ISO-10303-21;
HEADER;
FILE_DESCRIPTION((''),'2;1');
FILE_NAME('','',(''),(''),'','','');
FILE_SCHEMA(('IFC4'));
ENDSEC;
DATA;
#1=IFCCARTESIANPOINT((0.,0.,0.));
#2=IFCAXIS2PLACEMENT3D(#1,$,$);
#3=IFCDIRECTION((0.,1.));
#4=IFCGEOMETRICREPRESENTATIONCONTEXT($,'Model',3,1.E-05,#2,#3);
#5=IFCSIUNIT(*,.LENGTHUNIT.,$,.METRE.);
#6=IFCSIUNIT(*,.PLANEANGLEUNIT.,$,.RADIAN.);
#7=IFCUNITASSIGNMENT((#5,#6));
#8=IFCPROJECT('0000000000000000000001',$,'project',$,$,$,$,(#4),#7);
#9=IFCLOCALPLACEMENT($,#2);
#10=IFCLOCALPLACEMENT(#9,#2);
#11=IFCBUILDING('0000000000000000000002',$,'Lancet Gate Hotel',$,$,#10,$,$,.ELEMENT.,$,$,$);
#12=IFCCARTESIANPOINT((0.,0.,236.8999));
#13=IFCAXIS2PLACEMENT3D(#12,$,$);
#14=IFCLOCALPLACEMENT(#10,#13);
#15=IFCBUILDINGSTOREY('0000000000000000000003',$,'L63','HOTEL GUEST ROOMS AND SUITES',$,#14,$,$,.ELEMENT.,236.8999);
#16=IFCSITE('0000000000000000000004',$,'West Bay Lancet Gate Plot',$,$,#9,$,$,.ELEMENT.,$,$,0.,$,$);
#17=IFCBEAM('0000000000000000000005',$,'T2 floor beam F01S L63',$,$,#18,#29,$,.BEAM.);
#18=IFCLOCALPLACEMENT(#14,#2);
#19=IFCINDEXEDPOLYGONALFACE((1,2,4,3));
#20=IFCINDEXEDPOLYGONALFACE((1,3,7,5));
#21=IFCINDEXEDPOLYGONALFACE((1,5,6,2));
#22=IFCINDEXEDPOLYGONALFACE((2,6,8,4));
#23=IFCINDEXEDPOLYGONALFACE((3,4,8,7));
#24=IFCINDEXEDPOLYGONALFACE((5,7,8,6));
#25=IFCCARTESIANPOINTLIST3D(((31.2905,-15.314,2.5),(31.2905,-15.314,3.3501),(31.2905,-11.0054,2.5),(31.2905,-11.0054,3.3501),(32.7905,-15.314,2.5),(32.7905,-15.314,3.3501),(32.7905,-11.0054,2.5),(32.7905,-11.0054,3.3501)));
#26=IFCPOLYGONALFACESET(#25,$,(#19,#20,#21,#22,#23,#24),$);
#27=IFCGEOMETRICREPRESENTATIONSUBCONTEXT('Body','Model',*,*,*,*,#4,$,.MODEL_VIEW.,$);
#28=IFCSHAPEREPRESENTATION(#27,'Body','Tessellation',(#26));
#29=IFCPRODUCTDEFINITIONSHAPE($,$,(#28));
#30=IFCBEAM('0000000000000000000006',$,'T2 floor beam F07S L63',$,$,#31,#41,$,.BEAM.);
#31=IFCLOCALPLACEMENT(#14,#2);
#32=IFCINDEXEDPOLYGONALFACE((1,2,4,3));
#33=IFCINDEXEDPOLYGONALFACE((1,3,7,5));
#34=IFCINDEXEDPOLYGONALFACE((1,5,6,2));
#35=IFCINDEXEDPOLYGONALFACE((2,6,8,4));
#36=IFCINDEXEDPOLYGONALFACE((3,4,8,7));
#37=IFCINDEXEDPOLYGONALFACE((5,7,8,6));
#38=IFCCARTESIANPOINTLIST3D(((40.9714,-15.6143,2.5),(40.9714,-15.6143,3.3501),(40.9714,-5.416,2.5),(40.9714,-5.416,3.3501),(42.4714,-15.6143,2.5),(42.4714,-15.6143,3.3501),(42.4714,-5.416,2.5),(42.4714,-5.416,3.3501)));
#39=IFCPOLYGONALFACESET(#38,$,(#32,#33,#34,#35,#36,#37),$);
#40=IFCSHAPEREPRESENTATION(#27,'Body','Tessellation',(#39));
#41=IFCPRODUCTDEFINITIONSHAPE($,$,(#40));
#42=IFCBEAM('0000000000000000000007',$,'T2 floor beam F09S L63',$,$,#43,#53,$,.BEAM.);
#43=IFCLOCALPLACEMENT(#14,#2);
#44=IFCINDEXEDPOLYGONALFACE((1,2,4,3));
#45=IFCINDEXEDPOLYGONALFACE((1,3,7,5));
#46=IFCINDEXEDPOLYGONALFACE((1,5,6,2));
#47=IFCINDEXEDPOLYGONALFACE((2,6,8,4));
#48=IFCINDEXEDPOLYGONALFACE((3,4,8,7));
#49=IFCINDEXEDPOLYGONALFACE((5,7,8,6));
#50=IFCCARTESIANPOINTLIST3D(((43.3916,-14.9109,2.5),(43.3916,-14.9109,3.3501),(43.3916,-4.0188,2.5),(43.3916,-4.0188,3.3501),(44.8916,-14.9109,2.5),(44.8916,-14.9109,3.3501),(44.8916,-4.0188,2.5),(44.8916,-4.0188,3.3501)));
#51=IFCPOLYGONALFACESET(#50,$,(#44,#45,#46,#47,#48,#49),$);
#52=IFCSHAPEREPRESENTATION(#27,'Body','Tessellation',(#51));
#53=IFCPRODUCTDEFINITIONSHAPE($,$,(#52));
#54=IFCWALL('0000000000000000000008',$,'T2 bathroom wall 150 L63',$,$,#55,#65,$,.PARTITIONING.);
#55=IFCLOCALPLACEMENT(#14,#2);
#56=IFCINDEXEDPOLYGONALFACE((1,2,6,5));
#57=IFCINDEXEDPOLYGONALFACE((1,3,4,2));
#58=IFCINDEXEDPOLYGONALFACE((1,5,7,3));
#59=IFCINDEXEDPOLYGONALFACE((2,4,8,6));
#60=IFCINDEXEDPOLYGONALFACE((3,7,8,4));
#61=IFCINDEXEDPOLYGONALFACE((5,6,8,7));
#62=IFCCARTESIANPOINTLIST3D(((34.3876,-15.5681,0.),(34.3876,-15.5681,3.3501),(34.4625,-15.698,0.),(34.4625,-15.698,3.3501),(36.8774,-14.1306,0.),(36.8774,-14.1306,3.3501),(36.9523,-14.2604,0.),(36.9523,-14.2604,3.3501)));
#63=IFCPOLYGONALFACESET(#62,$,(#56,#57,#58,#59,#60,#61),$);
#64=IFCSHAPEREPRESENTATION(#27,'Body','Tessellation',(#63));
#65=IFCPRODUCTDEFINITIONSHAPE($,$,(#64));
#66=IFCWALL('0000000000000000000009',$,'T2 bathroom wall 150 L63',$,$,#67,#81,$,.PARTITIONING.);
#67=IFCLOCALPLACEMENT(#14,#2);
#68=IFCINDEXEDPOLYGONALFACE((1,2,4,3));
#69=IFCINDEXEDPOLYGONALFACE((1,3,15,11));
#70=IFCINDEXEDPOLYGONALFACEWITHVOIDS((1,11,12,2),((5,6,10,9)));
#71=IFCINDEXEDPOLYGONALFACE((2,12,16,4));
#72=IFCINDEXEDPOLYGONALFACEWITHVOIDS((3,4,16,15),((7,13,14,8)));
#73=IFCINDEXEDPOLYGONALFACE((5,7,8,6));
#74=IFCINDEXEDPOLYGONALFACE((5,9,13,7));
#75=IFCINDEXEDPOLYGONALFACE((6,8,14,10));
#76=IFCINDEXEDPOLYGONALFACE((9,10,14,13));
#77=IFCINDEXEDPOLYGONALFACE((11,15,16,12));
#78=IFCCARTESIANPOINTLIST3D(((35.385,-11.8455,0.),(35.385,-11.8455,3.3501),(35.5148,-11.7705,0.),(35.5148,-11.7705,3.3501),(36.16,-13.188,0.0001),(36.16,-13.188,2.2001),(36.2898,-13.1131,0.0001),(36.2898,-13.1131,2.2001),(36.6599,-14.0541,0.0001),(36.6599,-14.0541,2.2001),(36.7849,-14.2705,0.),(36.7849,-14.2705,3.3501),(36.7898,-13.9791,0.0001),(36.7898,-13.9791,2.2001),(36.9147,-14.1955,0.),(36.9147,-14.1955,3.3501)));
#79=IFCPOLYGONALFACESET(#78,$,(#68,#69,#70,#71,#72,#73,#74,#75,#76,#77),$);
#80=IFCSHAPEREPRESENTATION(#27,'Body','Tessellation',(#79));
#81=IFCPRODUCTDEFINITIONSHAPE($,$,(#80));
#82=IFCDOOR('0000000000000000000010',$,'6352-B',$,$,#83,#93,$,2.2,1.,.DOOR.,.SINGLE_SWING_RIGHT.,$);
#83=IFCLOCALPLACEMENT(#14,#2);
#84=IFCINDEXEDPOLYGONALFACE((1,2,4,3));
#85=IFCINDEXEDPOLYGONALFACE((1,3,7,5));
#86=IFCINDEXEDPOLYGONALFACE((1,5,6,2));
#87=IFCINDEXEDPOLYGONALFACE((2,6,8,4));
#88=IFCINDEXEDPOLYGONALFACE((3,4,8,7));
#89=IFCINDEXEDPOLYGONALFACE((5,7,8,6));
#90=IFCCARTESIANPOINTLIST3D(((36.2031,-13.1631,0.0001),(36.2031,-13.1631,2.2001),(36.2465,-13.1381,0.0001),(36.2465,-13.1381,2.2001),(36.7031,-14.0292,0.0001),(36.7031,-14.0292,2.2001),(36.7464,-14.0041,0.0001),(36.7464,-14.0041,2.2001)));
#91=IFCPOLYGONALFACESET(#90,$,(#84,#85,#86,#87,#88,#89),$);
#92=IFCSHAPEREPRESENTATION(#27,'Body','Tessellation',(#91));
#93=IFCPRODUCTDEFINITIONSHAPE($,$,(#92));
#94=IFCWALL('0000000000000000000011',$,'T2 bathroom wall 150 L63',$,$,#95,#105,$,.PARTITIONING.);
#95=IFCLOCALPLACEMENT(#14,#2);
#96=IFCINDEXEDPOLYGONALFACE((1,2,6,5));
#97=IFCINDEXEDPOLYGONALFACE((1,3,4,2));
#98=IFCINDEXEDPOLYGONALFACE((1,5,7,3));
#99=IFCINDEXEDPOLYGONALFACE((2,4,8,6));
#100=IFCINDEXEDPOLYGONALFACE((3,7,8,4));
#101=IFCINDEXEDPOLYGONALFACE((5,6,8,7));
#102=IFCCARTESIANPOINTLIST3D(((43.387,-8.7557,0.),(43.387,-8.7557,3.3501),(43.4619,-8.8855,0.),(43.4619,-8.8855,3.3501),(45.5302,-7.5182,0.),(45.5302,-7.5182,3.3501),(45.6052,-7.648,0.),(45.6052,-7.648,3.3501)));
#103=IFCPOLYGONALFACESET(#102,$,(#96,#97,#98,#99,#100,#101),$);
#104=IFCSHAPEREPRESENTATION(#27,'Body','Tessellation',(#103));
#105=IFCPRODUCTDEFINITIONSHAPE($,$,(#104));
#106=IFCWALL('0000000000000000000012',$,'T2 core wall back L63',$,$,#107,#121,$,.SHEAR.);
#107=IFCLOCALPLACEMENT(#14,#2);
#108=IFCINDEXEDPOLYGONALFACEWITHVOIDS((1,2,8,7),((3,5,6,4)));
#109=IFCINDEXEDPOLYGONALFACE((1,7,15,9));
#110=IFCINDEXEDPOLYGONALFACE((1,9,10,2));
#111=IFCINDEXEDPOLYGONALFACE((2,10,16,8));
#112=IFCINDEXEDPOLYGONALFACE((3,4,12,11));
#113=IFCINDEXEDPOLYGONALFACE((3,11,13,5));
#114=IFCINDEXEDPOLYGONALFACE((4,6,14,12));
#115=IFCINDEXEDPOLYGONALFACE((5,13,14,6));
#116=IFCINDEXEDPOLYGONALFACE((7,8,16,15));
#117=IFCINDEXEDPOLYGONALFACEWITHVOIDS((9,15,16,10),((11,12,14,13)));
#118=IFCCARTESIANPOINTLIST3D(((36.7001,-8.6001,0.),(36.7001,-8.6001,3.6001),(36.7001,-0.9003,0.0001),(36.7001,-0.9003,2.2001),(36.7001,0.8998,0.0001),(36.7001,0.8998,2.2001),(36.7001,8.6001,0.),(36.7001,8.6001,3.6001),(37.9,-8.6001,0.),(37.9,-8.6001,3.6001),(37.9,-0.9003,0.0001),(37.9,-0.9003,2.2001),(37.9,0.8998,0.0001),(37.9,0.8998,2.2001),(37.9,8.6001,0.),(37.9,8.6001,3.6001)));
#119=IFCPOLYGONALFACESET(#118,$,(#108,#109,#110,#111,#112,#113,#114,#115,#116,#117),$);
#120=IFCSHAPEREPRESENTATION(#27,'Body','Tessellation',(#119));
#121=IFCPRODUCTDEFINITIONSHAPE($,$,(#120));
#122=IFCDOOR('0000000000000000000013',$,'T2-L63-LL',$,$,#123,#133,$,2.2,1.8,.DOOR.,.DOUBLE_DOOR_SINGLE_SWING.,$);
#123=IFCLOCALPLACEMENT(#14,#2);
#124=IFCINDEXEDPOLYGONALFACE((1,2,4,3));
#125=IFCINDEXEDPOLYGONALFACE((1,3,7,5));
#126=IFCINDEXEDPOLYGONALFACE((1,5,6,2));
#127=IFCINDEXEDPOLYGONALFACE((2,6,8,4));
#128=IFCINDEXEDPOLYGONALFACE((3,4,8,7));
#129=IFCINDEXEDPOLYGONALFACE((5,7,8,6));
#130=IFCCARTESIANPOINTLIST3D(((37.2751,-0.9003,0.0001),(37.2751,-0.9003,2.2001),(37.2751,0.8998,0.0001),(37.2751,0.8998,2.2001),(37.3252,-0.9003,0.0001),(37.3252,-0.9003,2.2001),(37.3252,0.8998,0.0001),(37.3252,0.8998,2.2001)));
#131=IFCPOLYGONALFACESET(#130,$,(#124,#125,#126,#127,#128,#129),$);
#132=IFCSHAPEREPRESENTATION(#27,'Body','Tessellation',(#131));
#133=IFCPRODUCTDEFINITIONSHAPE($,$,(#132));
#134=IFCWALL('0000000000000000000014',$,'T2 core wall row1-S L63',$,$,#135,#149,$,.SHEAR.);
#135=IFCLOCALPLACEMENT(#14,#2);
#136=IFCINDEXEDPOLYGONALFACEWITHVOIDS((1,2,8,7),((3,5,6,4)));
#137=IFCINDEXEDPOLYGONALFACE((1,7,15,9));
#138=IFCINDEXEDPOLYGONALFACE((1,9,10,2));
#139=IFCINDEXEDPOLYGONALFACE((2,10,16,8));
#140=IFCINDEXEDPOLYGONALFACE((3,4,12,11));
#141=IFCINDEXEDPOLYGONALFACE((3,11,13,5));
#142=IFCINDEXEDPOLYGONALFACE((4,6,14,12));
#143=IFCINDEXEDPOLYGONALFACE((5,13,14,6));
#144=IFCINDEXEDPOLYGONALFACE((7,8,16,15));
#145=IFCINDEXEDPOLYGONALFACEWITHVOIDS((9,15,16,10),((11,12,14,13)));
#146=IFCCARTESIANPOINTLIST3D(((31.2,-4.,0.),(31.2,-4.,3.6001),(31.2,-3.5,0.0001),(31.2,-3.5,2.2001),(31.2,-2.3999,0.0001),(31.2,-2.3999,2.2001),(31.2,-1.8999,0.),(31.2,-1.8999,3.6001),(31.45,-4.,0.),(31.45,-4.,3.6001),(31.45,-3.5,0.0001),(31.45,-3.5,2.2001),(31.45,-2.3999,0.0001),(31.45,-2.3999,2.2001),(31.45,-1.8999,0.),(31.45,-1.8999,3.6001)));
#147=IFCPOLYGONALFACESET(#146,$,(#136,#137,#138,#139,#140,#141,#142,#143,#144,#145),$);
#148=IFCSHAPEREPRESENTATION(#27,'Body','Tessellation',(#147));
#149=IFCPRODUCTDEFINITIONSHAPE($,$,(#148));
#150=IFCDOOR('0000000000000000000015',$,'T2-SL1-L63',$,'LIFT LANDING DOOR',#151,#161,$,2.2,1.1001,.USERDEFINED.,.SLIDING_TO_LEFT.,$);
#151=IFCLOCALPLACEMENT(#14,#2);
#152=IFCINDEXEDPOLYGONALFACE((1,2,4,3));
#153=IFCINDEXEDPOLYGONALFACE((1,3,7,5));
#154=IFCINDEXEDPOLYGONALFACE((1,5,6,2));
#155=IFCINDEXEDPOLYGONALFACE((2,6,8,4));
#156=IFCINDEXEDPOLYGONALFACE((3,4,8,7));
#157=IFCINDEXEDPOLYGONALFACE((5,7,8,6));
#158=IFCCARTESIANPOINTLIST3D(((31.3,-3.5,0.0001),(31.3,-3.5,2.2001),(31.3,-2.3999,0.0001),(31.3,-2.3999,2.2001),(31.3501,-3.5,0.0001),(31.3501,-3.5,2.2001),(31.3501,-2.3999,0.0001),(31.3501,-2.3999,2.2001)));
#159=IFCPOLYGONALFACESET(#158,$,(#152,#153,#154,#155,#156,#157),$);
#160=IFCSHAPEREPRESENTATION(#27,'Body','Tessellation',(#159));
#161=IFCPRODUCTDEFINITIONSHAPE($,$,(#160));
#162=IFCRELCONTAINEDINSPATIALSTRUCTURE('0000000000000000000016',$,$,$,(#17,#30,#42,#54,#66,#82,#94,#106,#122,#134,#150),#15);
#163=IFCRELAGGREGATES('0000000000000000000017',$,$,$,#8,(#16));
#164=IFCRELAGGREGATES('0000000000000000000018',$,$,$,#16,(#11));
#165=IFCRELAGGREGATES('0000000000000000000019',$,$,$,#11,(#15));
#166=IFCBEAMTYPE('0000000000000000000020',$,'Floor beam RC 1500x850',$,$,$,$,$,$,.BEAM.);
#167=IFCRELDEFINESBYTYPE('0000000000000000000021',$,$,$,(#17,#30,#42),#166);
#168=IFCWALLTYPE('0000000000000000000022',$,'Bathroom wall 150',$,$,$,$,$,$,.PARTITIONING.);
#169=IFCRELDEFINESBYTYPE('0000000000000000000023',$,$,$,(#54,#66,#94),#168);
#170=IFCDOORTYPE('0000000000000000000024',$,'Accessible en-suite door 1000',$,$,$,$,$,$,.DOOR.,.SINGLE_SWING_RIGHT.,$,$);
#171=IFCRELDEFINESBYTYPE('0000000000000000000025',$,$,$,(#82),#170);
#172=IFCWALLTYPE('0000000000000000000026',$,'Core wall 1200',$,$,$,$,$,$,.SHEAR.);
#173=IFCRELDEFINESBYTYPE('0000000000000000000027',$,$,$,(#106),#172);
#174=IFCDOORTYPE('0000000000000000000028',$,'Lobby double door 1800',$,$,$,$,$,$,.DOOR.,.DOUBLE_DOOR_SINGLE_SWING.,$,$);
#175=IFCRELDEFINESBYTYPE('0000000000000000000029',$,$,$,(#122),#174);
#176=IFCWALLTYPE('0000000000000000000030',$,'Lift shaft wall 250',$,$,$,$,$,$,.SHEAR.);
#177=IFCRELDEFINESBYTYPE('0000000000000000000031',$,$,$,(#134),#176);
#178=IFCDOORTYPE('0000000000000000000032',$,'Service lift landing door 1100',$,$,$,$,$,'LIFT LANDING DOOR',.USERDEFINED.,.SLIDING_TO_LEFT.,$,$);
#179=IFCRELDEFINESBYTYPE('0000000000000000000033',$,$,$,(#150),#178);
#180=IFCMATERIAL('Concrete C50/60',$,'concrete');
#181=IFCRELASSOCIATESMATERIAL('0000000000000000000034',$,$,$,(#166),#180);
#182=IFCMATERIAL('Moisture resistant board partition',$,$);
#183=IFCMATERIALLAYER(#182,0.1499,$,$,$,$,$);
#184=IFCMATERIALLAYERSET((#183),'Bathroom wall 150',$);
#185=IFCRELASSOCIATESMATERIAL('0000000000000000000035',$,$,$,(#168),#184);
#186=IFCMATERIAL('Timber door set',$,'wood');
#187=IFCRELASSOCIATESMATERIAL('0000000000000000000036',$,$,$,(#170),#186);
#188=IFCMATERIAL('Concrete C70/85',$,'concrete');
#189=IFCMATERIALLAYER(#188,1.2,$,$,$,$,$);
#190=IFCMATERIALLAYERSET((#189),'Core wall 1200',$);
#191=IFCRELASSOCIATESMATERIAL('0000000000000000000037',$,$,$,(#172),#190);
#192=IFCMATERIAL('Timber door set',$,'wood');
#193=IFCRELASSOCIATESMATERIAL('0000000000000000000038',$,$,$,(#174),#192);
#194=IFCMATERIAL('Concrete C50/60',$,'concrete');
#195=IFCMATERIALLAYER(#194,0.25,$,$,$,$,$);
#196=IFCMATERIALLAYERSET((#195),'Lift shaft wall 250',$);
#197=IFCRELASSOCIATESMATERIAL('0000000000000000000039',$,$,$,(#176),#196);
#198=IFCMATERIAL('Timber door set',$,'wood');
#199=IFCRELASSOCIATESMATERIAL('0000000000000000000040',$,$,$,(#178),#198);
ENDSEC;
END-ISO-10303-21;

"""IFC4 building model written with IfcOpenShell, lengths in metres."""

from ifc_helpers import new_model, si_unit, direction, frame, frame_2d, origin, origin_2d, place, context, subcontext, project, spatial, rectangle, extrude, material, layer, layer_set, material_profile, profile_set, type_object, element, fill, save


model = new_model("IFC4")

# Units and contexts
model_context = context("Model", 3, precision=1e-05, world=origin(), true_north=direction((0.0, 1.0)))
body_context = subcontext(model_context, "Body", "Model", "MODEL_VIEW")
ifc_project = project(units=[si_unit("LENGTHUNIT", "METRE"), si_unit("PLANEANGLEUNIT", "RADIAN")], contexts=[model_context])

# Site, building, storey
site_placement = place(None, origin())
site = spatial("IfcSite", under=ifc_project, at=site_placement, Name="West Bay Lancet Gate Plot", CompositionType="ELEMENT", RefElevation=0.0)
building_placement = place(site_placement, origin())
building = spatial("IfcBuilding", under=site, at=building_placement, Name="Lancet Gate Hotel", CompositionType="ELEMENT")
storey_placement = place(building_placement, frame((0.0, 0.0, 236.8999)))
storey = spatial("IfcBuildingStorey", under=building, at=storey_placement, Name="L63", Description="HOTEL GUEST ROOMS AND SUITES", CompositionType="ELEMENT", Elevation=236.8999)

# Beams
ifc_material_1 = material(Name="Concrete C50/60", Category="concrete")
ifc_material_profile = material_profile(ifc_material_1, rectangle(XDim=1.5, YDim=0.8501, at=origin_2d()), Name="RC 1500x850")
ifc_profile_set = profile_set([ifc_material_profile], Name="Concrete C50/60")
beam_type = type_object("IfcBeamType", Name="Floor beam RC 1500x850", PredefinedType="BEAM", material=ifc_profile_set)
beam_1_placement = place(storey_placement, frame((32.0405, -15.314, 2.925), z_axis=(0.0, 1.0, 0.0), x_axis=(-1.0, 0.0, 0.0)))
element("IfcBeam", 1, at=beam_1_placement, inside=storey, type_object=beam_type, Name="T2 floor beam F01S L63", PredefinedType="BEAM", context=body_context, shape_type="SweptSolid", body=[
    extrude(rectangle(XDim=1.5, YDim=0.8501, at=origin_2d()), origin(), (0.0, 0.0, 1.0), 4.3086),
])
beam_2_placement = place(storey_placement, frame((41.7214, -15.6143, 2.925), z_axis=(0.0, 1.0, 0.0), x_axis=(-1.0, 0.0, 0.0)))
element("IfcBeam", 2, at=beam_2_placement, inside=storey, type_object=beam_type, Name="T2 floor beam F07S L63", PredefinedType="BEAM", context=body_context, shape_type="SweptSolid", body=[
    extrude(rectangle(XDim=1.5, YDim=0.8501, at=origin_2d()), origin(), (0.0, 0.0, 1.0), 10.1982),
])
beam_3_placement = place(storey_placement, frame((44.1416, -14.9109, 2.925), z_axis=(0.0, 1.0, 0.0), x_axis=(-1.0, 0.0, 0.0)))
element("IfcBeam", 3, at=beam_3_placement, inside=storey, type_object=beam_type, Name="T2 floor beam F09S L63", PredefinedType="BEAM", context=body_context, shape_type="SweptSolid", body=[
    extrude(rectangle(XDim=1.5, YDim=0.8501, at=origin_2d()), origin(), (0.0, 0.0, 1.0), 10.8921),
])

# Wall
ifc_material_2 = material(Name="Moisture resistant board partition")
ifc_layer_1 = layer(ifc_material_2, 0.1499)
ifc_layer_set_1 = layer_set([ifc_layer_1], Name="Bathroom wall 150")
wall_type_1 = type_object("IfcWallType", Name="Bathroom wall 150", PredefinedType="PARTITIONING", material=ifc_layer_set_1)
wall_1_placement = place(storey_placement, frame((34.425, -15.6331, 0.0), z_axis=(0.0, 0.0, 1.0), x_axis=(0.866019, 0.500012, 0.0)))
element("IfcWall", 4, at=wall_1_placement, inside=storey, type_object=wall_type_1, Name="T2 bathroom wall 150 L63", PredefinedType="PARTITIONING", context=body_context, shape_type="SweptSolid", body=[
    extrude(rectangle(XDim=2.875, YDim=0.1499, at=frame_2d((1.4375, 0.0))), origin(), (0.0, 0.0, 1.0), 3.3501),
])

# Wall, opening, door
wall_2_placement = place(storey_placement, frame((35.45, -11.8081, 0.0), z_axis=(0.0, 0.0, 1.0), x_axis=(0.499946, -0.866056, 0.0)))
wall_2 = element("IfcWall", 5, at=wall_2_placement, inside=storey, type_object=wall_type_1, Name="T2 bathroom wall 150 L63", PredefinedType="PARTITIONING", context=body_context, shape_type="SweptSolid", body=[
    extrude(rectangle(XDim=2.8, YDim=0.1499, at=frame_2d((1.3999, 0.0))), origin(), (0.0, 0.0, 1.0), 3.3501),
])
opening_1_placement = place(wall_2_placement, frame((1.55, 0.0, 0.0)))
opening_1 = element("IfcOpeningElement", 6, at=opening_1_placement, cuts=wall_2, PredefinedType="OPENING", context=body_context, shape_type="SweptSolid", body=[
    extrude(rectangle(XDim=1.0, YDim=2.2, at=frame_2d((0.5, 1.1001))), frame((0.0, 0.085, 0.0), z_axis=(0.0, -1.0, 0.0), x_axis=(1.0, 0.0, 0.0)), (0.0, 0.0, 1.0), 0.1699),
])
ifc_material_3 = material(Name="Timber door set", Category="wood")
door_type_1 = type_object("IfcDoorType", Name="Accessible en-suite door 1000", OperationType="SINGLE_SWING_RIGHT", PredefinedType="DOOR", material=ifc_material_3)
door_1_placement = place(opening_1_placement, origin())
door_1 = element("IfcDoor", 7, at=door_1_placement, inside=storey, type_object=door_type_1, Name="6352-B", OperationType="SINGLE_SWING_RIGHT", OverallHeight=2.2, OverallWidth=1.0, PredefinedType="DOOR", context=body_context, shape_type="SweptSolid", body=[
    extrude(rectangle(XDim=1.0, YDim=2.2, at=frame_2d((0.5, 1.1001))), frame((0.0, 0.0249, 0.0), z_axis=(0.0, -1.0, 0.0), x_axis=(1.0, 0.0, 0.0)), (0.0, 0.0, 1.0), 0.05),
])
fill(opening_1, door_1)

# Wall
wall_3_placement = place(storey_placement, frame((43.4246, -8.8206, 0.0), z_axis=(0.0, 0.0, 1.0), x_axis=(0.866007, 0.500033, 0.0)))
element("IfcWall", 8, at=wall_3_placement, inside=storey, type_object=wall_type_1, Name="T2 bathroom wall 150 L63", PredefinedType="PARTITIONING", context=body_context, shape_type="SweptSolid", body=[
    extrude(rectangle(XDim=2.4749, YDim=0.1499, at=frame_2d((1.2373, 0.0))), origin(), (0.0, 0.0, 1.0), 3.3501),
])

# Walls, openings, doors
ifc_material_4 = material(Name="Concrete C70/85", Category="concrete")
ifc_layer_2 = layer(ifc_material_4, 1.2)
ifc_layer_set_2 = layer_set([ifc_layer_2], Name="Core wall 1200")
wall_type_2 = type_object("IfcWallType", Name="Core wall 1200", PredefinedType="SHEAR", material=ifc_layer_set_2)
wall_4_placement = place(storey_placement, frame((37.3, -8.6001, 0.0), z_axis=(0.0, 0.0, 1.0), x_axis=(0.0, 1.0, 0.0)))
wall_4 = element("IfcWall", 9, at=wall_4_placement, inside=storey, type_object=wall_type_2, Name="T2 core wall back L63", PredefinedType="SHEAR", context=body_context, shape_type="SweptSolid", body=[
    extrude(rectangle(XDim=17.2002, YDim=1.2, at=frame_2d((8.6001, 0.0))), origin(), (0.0, 0.0, 1.0), 3.6001),
])
opening_2_placement = place(wall_4_placement, frame((7.7, 0.0, 0.0)))
opening_2 = element("IfcOpeningElement", 10, at=opening_2_placement, cuts=wall_4, PredefinedType="OPENING", context=body_context, shape_type="SweptSolid", body=[
    extrude(rectangle(XDim=1.8, YDim=2.2, at=frame_2d((0.8999, 1.1001))), frame((0.0, 0.6099, 0.0), z_axis=(0.0, -1.0, 0.0), x_axis=(1.0, 0.0, 0.0)), (0.0, 0.0, 1.0), 1.22),
])
ifc_material_5 = material(Name="Timber door set", Category="wood")
door_type_2 = type_object("IfcDoorType", Name="Lobby double door 1800", OperationType="DOUBLE_DOOR_SINGLE_SWING", PredefinedType="DOOR", material=ifc_material_5)
door_2_placement = place(opening_2_placement, origin())
door_2 = element("IfcDoor", 11, at=door_2_placement, inside=storey, type_object=door_type_2, Name="T2-L63-LL", OperationType="DOUBLE_DOOR_SINGLE_SWING", OverallHeight=2.2, OverallWidth=1.8, PredefinedType="DOOR", context=body_context, shape_type="SweptSolid", body=[
    extrude(rectangle(XDim=1.8, YDim=2.2, at=frame_2d((0.8999, 1.1001))), frame((0.0, 0.0249, 0.0), z_axis=(0.0, -1.0, 0.0), x_axis=(1.0, 0.0, 0.0)), (0.0, 0.0, 1.0), 0.05),
])
fill(opening_2, door_2)
ifc_material_6 = material(Name="Concrete C50/60", Category="concrete")
ifc_layer_3 = layer(ifc_material_6, 0.25)
ifc_layer_set_3 = layer_set([ifc_layer_3], Name="Lift shaft wall 250")
wall_type_3 = type_object("IfcWallType", Name="Lift shaft wall 250", PredefinedType="SHEAR", material=ifc_layer_set_3)
wall_5_placement = place(storey_placement, frame((31.325, -4.0, 0.0), z_axis=(0.0, 0.0, 1.0), x_axis=(0.0, 1.0, 0.0)))
wall_5 = element("IfcWall", 12, at=wall_5_placement, inside=storey, type_object=wall_type_3, Name="T2 core wall row1-S L63", PredefinedType="SHEAR", context=body_context, shape_type="SweptSolid", body=[
    extrude(rectangle(XDim=2.1001, YDim=0.25, at=frame_2d((1.05, 0.0))), origin(), (0.0, 0.0, 1.0), 3.6001),
])
opening_3_placement = place(wall_5_placement, frame((0.5, 0.0, 0.0)))
opening_3 = element("IfcOpeningElement", 13, at=opening_3_placement, cuts=wall_5, PredefinedType="OPENING", context=body_context, shape_type="SweptSolid", body=[
    extrude(rectangle(XDim=1.1001, YDim=2.2, at=frame_2d((0.55, 1.1001))), frame((0.0, 0.135, 0.0), z_axis=(0.0, -1.0, 0.0), x_axis=(1.0, 0.0, 0.0)), (0.0, 0.0, 1.0), 0.27),
])
ifc_material_7 = material(Name="Timber door set", Category="wood")
door_type_3 = type_object("IfcDoorType", Name="Service lift landing door 1100", ElementType="LIFT LANDING DOOR", OperationType="SLIDING_TO_LEFT", PredefinedType="USERDEFINED", material=ifc_material_7)
door_3_placement = place(opening_3_placement, origin())
door_3 = element("IfcDoor", 14, at=door_3_placement, inside=storey, type_object=door_type_3, Name="T2-SL1-L63", ObjectType="LIFT LANDING DOOR", OperationType="SLIDING_TO_LEFT", OverallHeight=2.2, OverallWidth=1.1001, PredefinedType="USERDEFINED", context=body_context, shape_type="SweptSolid", body=[
    extrude(rectangle(XDim=1.1001, YDim=2.2, at=frame_2d((0.55, 1.1001))), frame((0.0, 0.0249, 0.0), z_axis=(0.0, -1.0, 0.0), x_axis=(1.0, 0.0, 0.0)), (0.0, 0.0, 1.0), 0.05),
])
fill(opening_3, door_3)

save(model, "model.ifc")
